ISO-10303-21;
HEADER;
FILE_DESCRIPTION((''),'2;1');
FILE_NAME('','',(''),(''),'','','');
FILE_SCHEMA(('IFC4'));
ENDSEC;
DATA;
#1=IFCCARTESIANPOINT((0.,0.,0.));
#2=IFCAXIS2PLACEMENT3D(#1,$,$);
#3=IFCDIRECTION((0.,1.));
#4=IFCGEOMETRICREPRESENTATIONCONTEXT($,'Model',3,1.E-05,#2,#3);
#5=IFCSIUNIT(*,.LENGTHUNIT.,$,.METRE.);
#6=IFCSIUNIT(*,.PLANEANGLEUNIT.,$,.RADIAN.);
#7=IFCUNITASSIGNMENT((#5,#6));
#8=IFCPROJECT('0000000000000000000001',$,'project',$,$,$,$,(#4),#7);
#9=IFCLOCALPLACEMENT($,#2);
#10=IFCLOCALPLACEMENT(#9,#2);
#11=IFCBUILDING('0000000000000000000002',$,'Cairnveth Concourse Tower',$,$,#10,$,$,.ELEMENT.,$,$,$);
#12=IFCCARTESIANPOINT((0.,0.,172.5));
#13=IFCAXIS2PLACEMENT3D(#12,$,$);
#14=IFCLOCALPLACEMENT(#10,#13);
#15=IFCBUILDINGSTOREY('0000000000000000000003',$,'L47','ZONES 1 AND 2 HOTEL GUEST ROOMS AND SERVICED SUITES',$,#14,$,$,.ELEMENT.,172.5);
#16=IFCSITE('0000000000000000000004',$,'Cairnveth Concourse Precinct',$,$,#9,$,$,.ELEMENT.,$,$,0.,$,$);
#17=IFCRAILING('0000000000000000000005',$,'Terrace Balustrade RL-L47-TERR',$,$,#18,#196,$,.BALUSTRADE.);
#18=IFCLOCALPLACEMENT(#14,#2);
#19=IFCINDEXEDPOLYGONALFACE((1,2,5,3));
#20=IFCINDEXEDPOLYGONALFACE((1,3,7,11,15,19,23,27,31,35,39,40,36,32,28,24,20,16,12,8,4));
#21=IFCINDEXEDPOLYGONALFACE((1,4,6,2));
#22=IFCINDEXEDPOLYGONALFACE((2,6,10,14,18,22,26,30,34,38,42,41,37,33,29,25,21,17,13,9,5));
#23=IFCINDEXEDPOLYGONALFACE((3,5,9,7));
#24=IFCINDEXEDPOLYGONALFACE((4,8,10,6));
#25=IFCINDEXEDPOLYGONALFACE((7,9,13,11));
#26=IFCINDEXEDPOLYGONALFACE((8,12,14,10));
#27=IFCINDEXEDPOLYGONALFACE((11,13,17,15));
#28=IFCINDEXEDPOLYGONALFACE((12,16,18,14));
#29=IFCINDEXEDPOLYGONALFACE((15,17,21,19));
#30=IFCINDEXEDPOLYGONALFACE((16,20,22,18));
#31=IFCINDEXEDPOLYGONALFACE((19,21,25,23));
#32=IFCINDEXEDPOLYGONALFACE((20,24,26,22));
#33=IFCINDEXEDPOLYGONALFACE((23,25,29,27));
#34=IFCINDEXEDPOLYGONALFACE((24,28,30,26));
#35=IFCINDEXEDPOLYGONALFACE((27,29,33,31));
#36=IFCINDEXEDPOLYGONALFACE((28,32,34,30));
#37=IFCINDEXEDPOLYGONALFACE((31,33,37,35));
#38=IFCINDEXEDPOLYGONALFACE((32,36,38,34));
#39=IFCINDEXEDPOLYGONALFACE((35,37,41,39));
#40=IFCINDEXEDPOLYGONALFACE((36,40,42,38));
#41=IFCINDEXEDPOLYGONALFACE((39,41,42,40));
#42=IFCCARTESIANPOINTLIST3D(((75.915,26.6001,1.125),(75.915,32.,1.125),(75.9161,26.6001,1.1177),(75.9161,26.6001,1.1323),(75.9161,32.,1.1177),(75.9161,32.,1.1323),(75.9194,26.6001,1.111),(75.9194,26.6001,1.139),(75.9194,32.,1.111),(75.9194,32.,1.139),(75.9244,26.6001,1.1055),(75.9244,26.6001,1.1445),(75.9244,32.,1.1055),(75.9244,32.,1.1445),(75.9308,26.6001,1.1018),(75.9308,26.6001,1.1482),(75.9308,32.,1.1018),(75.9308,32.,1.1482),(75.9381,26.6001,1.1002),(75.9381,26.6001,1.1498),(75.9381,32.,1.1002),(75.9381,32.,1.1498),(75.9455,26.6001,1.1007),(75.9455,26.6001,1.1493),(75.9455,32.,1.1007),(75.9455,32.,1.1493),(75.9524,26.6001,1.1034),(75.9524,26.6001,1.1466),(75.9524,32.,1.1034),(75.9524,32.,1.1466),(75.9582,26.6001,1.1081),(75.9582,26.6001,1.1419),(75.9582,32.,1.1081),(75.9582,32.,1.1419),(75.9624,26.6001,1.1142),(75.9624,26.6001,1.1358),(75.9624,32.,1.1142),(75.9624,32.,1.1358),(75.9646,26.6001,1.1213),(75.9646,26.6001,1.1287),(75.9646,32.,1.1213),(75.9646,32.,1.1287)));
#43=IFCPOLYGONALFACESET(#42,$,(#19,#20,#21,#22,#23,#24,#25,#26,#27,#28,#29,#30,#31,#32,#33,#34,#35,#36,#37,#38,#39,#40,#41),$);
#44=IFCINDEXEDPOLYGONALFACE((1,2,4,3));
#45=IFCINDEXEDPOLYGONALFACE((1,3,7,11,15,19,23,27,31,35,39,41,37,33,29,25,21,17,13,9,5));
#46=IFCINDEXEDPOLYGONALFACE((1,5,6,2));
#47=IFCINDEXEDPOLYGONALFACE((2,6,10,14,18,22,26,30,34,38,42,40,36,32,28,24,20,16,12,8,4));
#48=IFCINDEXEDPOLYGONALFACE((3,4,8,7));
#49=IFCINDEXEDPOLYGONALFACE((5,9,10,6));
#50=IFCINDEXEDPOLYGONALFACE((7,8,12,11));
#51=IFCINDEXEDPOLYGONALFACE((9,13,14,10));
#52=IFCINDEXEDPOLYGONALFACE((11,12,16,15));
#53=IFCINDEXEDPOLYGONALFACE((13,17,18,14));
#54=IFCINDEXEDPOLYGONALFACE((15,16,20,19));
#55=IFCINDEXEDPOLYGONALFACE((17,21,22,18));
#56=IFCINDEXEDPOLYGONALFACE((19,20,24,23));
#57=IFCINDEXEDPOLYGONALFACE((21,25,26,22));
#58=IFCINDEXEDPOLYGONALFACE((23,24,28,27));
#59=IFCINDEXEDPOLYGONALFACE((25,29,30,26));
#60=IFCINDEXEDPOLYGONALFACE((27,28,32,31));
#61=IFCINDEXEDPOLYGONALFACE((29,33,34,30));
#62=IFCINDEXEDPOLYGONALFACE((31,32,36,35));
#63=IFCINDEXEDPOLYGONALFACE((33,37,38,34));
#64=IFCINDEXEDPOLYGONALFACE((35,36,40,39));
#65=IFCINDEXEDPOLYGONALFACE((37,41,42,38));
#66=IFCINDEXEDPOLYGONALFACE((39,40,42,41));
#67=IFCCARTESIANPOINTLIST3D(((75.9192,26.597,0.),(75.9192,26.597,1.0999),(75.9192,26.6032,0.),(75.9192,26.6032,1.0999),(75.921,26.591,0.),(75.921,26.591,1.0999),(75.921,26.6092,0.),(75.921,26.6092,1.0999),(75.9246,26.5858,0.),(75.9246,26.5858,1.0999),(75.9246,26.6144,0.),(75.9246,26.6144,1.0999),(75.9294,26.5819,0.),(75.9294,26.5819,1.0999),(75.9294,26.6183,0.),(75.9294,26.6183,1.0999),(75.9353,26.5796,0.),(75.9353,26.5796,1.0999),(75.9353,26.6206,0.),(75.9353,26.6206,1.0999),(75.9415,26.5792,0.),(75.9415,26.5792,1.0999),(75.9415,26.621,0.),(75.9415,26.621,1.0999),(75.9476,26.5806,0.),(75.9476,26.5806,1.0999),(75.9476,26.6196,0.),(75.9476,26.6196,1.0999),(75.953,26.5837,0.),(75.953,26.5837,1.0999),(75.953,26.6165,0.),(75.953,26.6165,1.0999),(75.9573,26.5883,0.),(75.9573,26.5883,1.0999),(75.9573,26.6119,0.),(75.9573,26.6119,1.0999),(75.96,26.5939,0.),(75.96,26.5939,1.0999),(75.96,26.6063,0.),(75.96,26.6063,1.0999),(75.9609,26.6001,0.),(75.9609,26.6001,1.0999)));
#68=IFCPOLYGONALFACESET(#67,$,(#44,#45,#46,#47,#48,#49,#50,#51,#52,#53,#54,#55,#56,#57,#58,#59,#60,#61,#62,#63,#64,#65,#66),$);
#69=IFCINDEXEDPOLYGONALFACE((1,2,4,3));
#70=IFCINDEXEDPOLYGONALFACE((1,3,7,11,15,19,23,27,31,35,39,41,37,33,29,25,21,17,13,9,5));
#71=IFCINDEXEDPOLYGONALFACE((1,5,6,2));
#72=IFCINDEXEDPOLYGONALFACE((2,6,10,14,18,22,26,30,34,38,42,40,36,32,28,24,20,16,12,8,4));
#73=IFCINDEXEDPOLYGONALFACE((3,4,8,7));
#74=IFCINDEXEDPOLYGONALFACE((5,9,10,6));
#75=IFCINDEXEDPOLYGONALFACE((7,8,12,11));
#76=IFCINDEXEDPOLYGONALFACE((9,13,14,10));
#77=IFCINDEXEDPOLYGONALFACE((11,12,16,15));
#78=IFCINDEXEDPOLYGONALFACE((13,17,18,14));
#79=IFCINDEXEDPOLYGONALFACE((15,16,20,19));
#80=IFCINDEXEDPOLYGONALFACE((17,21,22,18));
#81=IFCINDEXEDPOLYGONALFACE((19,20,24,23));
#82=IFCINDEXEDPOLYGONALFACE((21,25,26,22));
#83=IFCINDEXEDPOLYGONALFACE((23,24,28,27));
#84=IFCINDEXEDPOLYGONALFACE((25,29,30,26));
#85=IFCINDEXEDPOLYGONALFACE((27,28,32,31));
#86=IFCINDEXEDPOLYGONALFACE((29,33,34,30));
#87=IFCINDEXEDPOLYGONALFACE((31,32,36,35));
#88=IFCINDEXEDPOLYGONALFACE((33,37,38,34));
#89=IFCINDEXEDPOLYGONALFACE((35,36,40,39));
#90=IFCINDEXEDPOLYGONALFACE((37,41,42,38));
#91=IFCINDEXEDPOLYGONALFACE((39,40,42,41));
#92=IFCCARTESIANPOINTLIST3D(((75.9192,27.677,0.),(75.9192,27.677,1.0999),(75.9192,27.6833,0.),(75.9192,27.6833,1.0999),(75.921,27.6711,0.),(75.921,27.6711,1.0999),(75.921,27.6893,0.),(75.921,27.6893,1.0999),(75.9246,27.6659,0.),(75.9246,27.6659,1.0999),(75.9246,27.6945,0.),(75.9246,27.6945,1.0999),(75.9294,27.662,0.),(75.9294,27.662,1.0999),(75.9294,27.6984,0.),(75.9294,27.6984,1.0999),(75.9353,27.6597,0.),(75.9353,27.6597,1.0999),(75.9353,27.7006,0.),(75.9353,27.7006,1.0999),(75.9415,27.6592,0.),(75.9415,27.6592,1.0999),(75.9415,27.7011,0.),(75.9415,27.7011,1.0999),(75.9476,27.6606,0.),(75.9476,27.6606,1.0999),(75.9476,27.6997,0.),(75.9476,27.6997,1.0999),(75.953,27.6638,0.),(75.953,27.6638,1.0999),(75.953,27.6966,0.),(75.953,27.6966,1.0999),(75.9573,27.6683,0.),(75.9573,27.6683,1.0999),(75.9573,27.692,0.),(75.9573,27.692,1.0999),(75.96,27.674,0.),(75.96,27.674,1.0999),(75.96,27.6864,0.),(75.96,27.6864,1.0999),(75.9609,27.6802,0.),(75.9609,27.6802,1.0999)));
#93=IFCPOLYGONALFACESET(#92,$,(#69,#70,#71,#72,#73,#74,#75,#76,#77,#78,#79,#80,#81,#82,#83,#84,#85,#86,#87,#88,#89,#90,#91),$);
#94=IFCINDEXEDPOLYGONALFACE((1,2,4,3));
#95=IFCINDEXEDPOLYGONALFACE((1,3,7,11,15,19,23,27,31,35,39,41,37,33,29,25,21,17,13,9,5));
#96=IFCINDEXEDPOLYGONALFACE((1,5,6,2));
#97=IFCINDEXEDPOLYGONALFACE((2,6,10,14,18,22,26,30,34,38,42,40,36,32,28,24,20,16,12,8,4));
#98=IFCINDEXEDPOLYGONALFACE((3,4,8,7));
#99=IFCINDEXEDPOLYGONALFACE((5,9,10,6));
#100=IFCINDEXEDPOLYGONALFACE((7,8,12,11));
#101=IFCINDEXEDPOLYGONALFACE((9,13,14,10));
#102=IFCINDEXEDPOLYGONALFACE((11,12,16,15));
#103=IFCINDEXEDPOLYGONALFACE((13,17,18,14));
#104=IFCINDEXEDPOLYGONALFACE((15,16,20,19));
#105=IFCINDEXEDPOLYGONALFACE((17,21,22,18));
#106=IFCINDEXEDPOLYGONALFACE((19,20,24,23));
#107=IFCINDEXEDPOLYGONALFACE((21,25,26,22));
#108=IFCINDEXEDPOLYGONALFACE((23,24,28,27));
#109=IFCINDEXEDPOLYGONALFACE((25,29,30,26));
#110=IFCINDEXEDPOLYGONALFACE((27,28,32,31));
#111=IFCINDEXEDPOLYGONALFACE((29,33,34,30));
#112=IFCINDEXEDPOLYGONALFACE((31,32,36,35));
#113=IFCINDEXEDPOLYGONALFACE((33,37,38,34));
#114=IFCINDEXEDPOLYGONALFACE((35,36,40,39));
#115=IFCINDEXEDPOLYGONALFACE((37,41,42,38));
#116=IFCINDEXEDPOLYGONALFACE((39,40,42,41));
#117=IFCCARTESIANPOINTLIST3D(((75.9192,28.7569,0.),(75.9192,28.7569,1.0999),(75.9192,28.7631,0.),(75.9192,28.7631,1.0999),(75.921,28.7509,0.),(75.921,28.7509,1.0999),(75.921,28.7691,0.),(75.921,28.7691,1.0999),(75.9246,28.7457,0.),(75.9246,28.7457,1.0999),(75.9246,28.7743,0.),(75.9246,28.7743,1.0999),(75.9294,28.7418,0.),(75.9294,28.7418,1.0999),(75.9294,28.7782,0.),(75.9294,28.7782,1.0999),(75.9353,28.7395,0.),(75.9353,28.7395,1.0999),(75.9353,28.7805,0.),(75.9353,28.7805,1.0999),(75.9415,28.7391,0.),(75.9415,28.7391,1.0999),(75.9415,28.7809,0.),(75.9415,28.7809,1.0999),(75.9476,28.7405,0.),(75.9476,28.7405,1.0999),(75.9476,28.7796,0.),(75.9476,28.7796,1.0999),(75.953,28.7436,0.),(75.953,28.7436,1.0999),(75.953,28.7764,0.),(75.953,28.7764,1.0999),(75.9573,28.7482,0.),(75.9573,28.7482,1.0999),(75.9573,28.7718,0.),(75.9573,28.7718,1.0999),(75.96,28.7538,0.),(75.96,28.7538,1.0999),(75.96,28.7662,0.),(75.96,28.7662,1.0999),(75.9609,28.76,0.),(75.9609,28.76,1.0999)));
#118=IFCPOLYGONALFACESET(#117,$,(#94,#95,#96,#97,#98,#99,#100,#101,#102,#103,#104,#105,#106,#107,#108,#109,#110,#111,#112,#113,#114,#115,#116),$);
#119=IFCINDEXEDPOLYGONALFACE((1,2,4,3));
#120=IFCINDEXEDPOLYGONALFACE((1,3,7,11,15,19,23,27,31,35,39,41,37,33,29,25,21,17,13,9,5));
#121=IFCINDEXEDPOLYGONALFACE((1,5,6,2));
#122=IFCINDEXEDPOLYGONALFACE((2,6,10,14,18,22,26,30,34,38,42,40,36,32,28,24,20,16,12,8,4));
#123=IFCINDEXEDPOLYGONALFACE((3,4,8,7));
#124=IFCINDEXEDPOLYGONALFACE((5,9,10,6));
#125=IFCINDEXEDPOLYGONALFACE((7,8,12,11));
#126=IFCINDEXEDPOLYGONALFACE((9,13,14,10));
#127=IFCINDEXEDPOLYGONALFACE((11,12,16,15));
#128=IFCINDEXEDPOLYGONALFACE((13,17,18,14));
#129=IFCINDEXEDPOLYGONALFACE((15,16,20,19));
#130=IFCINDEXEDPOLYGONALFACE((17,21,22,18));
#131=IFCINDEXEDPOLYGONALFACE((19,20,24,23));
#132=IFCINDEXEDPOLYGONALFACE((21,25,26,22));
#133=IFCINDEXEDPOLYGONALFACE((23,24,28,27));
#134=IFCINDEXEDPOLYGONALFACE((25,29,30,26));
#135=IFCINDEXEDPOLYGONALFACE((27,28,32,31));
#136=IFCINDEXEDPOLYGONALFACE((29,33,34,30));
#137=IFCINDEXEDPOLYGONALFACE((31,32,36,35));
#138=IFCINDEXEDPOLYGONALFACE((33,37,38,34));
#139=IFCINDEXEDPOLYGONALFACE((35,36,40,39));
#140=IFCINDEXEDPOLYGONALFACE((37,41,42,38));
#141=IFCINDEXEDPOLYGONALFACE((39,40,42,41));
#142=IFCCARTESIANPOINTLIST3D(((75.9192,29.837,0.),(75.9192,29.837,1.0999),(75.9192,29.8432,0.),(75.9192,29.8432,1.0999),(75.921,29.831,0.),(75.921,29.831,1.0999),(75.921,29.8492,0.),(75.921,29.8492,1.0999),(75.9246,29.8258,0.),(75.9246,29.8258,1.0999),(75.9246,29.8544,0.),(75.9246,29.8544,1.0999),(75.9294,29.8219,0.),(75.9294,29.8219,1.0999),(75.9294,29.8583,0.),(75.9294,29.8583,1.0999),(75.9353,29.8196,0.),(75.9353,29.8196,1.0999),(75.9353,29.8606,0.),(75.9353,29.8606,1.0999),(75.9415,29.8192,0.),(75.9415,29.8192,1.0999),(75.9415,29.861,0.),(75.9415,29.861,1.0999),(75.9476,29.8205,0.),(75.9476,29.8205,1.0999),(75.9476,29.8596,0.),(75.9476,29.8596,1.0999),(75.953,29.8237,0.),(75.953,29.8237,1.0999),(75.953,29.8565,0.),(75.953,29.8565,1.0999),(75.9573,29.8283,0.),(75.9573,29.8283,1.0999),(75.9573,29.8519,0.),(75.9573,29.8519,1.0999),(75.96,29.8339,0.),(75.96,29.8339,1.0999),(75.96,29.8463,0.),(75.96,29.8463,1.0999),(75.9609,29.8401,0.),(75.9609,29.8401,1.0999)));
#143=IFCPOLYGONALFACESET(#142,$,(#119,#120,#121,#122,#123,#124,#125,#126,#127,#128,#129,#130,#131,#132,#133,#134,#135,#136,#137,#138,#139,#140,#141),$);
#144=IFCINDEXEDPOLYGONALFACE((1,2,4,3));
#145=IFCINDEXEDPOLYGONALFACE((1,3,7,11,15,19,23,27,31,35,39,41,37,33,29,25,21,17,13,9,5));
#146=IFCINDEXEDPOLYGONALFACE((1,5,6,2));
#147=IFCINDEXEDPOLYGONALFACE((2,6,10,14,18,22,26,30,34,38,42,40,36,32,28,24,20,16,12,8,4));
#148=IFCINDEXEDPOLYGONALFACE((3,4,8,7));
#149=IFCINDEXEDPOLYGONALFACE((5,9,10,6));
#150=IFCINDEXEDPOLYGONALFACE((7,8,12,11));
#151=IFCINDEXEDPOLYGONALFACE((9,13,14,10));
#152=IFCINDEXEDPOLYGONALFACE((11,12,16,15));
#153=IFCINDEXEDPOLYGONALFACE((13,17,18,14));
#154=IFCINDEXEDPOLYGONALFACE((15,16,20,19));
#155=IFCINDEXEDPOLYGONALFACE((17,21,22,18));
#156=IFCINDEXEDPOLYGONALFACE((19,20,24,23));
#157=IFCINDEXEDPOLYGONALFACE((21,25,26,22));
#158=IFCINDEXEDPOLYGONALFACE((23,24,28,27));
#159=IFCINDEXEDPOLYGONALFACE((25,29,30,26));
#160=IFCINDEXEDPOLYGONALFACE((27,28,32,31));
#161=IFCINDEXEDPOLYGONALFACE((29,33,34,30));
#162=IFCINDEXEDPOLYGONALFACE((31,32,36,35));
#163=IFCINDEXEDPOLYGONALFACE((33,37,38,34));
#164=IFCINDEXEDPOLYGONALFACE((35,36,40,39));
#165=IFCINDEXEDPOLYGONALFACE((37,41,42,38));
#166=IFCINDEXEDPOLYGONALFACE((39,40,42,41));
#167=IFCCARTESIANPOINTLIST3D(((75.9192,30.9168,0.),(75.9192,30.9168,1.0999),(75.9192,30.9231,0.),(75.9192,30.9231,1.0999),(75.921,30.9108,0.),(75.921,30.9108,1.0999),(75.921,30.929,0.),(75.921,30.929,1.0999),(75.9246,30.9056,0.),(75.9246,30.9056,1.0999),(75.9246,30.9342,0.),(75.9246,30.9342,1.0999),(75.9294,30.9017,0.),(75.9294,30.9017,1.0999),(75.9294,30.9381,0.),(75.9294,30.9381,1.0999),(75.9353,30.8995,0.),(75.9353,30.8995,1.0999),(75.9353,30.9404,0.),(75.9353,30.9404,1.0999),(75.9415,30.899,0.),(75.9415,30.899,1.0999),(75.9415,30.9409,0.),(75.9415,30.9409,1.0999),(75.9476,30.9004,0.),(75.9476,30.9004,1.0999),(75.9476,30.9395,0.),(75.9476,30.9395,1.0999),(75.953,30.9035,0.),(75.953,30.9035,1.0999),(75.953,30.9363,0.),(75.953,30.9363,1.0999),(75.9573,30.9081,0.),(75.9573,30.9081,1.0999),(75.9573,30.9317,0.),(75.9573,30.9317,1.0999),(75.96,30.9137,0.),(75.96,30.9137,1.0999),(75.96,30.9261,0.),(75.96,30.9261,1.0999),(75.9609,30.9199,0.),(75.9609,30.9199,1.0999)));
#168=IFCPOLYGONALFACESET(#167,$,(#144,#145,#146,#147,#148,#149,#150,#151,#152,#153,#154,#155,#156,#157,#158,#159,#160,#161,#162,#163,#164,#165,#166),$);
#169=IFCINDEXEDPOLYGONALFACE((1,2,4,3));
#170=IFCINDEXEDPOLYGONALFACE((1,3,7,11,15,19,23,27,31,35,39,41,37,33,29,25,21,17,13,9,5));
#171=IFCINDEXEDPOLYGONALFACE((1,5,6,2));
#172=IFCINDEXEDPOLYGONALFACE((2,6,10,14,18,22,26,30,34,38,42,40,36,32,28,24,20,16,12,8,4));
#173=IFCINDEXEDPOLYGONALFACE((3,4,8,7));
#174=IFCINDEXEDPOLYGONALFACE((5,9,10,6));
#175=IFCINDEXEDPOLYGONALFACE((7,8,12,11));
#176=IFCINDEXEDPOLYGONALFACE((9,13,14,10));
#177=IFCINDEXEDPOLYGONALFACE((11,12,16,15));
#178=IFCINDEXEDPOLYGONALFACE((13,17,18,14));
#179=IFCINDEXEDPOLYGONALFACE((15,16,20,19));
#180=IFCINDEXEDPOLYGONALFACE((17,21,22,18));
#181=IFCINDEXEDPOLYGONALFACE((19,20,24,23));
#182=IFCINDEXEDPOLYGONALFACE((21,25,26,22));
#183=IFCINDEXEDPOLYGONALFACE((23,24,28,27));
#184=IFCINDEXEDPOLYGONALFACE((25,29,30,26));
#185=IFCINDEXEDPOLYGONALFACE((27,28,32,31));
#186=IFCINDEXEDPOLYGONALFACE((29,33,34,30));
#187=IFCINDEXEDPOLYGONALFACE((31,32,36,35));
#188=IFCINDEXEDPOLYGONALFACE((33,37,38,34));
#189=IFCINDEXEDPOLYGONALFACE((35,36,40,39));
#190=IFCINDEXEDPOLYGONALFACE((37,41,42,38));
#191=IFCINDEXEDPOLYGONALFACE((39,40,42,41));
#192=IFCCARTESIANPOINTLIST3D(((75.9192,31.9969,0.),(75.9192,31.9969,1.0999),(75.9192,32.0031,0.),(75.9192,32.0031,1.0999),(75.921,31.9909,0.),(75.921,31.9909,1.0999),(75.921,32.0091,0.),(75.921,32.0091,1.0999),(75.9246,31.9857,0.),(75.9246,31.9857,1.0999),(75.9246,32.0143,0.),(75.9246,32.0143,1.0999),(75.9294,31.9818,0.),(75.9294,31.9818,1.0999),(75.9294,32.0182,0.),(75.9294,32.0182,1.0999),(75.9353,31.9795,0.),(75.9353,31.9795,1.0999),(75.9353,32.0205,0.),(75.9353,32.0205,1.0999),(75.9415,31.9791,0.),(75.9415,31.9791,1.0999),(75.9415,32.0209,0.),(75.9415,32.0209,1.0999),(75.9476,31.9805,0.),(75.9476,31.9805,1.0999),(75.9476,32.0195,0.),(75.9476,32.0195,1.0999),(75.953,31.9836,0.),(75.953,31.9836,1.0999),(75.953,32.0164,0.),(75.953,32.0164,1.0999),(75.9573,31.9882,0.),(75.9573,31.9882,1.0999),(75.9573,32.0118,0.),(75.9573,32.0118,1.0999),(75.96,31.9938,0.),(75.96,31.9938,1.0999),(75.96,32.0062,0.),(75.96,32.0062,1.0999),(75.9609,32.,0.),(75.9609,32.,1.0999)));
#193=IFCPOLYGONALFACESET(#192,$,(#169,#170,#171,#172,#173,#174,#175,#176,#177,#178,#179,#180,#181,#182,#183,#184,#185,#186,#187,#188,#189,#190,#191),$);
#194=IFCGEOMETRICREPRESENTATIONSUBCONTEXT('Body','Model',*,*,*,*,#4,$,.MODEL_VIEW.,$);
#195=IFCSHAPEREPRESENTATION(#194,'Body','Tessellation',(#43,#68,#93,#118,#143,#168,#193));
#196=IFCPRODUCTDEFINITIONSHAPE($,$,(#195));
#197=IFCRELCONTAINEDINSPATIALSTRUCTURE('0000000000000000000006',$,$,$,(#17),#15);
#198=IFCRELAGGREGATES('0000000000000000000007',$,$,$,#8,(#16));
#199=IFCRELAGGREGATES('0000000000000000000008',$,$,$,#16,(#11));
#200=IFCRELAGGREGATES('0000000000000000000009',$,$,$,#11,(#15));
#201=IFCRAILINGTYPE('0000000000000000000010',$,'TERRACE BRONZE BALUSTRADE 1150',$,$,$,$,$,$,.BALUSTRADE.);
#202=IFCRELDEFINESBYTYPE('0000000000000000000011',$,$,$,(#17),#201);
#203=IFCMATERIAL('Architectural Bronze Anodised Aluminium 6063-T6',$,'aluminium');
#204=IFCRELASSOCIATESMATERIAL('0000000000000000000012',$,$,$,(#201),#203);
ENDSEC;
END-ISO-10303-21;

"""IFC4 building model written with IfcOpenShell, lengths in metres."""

from ifc_helpers import new_model, si_unit, direction, frame, origin, origin_2d, place, context, subcontext, project, spatial, circle, extrude, material, type_object, element, save


model = new_model("IFC4")

# Units and contexts
model_context = context("Model", 3, precision=1e-05, world=origin(), true_north=direction((0.0, 1.0)))
body_context = subcontext(model_context, "Body", "Model", "MODEL_VIEW")
ifc_project = project(units=[si_unit("LENGTHUNIT", "METRE"), si_unit("PLANEANGLEUNIT", "RADIAN")], contexts=[model_context])

# Site, building, storey
site_placement = place(None, origin())
site = spatial("IfcSite", under=ifc_project, at=site_placement, Name="Cairnveth Concourse Precinct", CompositionType="ELEMENT", RefElevation=0.0)
building_placement = place(site_placement, origin())
building = spatial("IfcBuilding", under=site, at=building_placement, Name="Cairnveth Concourse Tower", CompositionType="ELEMENT")
storey_placement = place(building_placement, frame((0.0, 0.0, 172.5)))
storey = spatial("IfcBuildingStorey", under=building, at=storey_placement, Name="L47", Description="ZONES 1 AND 2 HOTEL GUEST ROOMS AND SERVICED SUITES", CompositionType="ELEMENT", Elevation=172.5)

# Shared definitions
ifc_material_1 = material(Name="Architectural Bronze Anodised Aluminium 6063-T6", Category="aluminium")

# Railing
railing_type = type_object("IfcRailingType", Name="TERRACE BRONZE BALUSTRADE 1150", PredefinedType="BALUSTRADE", material=ifc_material_1)
railing_placement = place(storey_placement, frame((75.9399, 26.6001, 0.0)))
element("IfcRailing", 1, at=railing_placement, inside=storey, type_object=railing_type, Name="Terrace Balustrade RL-L47-TERR", PredefinedType="BALUSTRADE", context=body_context, shape_type="SweptSolid", body=[
    extrude(circle(Radius=0.0249, at=origin_2d()), frame((0.0, 0.0, 1.125), z_axis=(0.0, 1.0, 0.0), x_axis=(-1.0, 0.0, 0.0)), (0.0, 0.0, 1.0), 5.3999),
    extrude(circle(Radius=0.021, at=origin_2d()), origin(), (0.0, 0.0, 1.0), 1.0999),
    extrude(circle(Radius=0.021, at=origin_2d()), frame((0.0, 1.0801, 0.0)), (0.0, 0.0, 1.0), 1.0999),
    extrude(circle(Radius=0.021, at=origin_2d()), frame((0.0, 2.1599, 0.0)), (0.0, 0.0, 1.0), 1.0999),
    extrude(circle(Radius=0.021, at=origin_2d()), frame((0.0, 3.24, 0.0)), (0.0, 0.0, 1.0), 1.0999),
    extrude(circle(Radius=0.021, at=origin_2d()), frame((0.0, 4.3198, 0.0)), (0.0, 0.0, 1.0), 1.0999),
    extrude(circle(Radius=0.021, at=origin_2d()), frame((0.0, 5.3999, 0.0)), (0.0, 0.0, 1.0), 1.0999),
])

save(model, "model.ifc")
